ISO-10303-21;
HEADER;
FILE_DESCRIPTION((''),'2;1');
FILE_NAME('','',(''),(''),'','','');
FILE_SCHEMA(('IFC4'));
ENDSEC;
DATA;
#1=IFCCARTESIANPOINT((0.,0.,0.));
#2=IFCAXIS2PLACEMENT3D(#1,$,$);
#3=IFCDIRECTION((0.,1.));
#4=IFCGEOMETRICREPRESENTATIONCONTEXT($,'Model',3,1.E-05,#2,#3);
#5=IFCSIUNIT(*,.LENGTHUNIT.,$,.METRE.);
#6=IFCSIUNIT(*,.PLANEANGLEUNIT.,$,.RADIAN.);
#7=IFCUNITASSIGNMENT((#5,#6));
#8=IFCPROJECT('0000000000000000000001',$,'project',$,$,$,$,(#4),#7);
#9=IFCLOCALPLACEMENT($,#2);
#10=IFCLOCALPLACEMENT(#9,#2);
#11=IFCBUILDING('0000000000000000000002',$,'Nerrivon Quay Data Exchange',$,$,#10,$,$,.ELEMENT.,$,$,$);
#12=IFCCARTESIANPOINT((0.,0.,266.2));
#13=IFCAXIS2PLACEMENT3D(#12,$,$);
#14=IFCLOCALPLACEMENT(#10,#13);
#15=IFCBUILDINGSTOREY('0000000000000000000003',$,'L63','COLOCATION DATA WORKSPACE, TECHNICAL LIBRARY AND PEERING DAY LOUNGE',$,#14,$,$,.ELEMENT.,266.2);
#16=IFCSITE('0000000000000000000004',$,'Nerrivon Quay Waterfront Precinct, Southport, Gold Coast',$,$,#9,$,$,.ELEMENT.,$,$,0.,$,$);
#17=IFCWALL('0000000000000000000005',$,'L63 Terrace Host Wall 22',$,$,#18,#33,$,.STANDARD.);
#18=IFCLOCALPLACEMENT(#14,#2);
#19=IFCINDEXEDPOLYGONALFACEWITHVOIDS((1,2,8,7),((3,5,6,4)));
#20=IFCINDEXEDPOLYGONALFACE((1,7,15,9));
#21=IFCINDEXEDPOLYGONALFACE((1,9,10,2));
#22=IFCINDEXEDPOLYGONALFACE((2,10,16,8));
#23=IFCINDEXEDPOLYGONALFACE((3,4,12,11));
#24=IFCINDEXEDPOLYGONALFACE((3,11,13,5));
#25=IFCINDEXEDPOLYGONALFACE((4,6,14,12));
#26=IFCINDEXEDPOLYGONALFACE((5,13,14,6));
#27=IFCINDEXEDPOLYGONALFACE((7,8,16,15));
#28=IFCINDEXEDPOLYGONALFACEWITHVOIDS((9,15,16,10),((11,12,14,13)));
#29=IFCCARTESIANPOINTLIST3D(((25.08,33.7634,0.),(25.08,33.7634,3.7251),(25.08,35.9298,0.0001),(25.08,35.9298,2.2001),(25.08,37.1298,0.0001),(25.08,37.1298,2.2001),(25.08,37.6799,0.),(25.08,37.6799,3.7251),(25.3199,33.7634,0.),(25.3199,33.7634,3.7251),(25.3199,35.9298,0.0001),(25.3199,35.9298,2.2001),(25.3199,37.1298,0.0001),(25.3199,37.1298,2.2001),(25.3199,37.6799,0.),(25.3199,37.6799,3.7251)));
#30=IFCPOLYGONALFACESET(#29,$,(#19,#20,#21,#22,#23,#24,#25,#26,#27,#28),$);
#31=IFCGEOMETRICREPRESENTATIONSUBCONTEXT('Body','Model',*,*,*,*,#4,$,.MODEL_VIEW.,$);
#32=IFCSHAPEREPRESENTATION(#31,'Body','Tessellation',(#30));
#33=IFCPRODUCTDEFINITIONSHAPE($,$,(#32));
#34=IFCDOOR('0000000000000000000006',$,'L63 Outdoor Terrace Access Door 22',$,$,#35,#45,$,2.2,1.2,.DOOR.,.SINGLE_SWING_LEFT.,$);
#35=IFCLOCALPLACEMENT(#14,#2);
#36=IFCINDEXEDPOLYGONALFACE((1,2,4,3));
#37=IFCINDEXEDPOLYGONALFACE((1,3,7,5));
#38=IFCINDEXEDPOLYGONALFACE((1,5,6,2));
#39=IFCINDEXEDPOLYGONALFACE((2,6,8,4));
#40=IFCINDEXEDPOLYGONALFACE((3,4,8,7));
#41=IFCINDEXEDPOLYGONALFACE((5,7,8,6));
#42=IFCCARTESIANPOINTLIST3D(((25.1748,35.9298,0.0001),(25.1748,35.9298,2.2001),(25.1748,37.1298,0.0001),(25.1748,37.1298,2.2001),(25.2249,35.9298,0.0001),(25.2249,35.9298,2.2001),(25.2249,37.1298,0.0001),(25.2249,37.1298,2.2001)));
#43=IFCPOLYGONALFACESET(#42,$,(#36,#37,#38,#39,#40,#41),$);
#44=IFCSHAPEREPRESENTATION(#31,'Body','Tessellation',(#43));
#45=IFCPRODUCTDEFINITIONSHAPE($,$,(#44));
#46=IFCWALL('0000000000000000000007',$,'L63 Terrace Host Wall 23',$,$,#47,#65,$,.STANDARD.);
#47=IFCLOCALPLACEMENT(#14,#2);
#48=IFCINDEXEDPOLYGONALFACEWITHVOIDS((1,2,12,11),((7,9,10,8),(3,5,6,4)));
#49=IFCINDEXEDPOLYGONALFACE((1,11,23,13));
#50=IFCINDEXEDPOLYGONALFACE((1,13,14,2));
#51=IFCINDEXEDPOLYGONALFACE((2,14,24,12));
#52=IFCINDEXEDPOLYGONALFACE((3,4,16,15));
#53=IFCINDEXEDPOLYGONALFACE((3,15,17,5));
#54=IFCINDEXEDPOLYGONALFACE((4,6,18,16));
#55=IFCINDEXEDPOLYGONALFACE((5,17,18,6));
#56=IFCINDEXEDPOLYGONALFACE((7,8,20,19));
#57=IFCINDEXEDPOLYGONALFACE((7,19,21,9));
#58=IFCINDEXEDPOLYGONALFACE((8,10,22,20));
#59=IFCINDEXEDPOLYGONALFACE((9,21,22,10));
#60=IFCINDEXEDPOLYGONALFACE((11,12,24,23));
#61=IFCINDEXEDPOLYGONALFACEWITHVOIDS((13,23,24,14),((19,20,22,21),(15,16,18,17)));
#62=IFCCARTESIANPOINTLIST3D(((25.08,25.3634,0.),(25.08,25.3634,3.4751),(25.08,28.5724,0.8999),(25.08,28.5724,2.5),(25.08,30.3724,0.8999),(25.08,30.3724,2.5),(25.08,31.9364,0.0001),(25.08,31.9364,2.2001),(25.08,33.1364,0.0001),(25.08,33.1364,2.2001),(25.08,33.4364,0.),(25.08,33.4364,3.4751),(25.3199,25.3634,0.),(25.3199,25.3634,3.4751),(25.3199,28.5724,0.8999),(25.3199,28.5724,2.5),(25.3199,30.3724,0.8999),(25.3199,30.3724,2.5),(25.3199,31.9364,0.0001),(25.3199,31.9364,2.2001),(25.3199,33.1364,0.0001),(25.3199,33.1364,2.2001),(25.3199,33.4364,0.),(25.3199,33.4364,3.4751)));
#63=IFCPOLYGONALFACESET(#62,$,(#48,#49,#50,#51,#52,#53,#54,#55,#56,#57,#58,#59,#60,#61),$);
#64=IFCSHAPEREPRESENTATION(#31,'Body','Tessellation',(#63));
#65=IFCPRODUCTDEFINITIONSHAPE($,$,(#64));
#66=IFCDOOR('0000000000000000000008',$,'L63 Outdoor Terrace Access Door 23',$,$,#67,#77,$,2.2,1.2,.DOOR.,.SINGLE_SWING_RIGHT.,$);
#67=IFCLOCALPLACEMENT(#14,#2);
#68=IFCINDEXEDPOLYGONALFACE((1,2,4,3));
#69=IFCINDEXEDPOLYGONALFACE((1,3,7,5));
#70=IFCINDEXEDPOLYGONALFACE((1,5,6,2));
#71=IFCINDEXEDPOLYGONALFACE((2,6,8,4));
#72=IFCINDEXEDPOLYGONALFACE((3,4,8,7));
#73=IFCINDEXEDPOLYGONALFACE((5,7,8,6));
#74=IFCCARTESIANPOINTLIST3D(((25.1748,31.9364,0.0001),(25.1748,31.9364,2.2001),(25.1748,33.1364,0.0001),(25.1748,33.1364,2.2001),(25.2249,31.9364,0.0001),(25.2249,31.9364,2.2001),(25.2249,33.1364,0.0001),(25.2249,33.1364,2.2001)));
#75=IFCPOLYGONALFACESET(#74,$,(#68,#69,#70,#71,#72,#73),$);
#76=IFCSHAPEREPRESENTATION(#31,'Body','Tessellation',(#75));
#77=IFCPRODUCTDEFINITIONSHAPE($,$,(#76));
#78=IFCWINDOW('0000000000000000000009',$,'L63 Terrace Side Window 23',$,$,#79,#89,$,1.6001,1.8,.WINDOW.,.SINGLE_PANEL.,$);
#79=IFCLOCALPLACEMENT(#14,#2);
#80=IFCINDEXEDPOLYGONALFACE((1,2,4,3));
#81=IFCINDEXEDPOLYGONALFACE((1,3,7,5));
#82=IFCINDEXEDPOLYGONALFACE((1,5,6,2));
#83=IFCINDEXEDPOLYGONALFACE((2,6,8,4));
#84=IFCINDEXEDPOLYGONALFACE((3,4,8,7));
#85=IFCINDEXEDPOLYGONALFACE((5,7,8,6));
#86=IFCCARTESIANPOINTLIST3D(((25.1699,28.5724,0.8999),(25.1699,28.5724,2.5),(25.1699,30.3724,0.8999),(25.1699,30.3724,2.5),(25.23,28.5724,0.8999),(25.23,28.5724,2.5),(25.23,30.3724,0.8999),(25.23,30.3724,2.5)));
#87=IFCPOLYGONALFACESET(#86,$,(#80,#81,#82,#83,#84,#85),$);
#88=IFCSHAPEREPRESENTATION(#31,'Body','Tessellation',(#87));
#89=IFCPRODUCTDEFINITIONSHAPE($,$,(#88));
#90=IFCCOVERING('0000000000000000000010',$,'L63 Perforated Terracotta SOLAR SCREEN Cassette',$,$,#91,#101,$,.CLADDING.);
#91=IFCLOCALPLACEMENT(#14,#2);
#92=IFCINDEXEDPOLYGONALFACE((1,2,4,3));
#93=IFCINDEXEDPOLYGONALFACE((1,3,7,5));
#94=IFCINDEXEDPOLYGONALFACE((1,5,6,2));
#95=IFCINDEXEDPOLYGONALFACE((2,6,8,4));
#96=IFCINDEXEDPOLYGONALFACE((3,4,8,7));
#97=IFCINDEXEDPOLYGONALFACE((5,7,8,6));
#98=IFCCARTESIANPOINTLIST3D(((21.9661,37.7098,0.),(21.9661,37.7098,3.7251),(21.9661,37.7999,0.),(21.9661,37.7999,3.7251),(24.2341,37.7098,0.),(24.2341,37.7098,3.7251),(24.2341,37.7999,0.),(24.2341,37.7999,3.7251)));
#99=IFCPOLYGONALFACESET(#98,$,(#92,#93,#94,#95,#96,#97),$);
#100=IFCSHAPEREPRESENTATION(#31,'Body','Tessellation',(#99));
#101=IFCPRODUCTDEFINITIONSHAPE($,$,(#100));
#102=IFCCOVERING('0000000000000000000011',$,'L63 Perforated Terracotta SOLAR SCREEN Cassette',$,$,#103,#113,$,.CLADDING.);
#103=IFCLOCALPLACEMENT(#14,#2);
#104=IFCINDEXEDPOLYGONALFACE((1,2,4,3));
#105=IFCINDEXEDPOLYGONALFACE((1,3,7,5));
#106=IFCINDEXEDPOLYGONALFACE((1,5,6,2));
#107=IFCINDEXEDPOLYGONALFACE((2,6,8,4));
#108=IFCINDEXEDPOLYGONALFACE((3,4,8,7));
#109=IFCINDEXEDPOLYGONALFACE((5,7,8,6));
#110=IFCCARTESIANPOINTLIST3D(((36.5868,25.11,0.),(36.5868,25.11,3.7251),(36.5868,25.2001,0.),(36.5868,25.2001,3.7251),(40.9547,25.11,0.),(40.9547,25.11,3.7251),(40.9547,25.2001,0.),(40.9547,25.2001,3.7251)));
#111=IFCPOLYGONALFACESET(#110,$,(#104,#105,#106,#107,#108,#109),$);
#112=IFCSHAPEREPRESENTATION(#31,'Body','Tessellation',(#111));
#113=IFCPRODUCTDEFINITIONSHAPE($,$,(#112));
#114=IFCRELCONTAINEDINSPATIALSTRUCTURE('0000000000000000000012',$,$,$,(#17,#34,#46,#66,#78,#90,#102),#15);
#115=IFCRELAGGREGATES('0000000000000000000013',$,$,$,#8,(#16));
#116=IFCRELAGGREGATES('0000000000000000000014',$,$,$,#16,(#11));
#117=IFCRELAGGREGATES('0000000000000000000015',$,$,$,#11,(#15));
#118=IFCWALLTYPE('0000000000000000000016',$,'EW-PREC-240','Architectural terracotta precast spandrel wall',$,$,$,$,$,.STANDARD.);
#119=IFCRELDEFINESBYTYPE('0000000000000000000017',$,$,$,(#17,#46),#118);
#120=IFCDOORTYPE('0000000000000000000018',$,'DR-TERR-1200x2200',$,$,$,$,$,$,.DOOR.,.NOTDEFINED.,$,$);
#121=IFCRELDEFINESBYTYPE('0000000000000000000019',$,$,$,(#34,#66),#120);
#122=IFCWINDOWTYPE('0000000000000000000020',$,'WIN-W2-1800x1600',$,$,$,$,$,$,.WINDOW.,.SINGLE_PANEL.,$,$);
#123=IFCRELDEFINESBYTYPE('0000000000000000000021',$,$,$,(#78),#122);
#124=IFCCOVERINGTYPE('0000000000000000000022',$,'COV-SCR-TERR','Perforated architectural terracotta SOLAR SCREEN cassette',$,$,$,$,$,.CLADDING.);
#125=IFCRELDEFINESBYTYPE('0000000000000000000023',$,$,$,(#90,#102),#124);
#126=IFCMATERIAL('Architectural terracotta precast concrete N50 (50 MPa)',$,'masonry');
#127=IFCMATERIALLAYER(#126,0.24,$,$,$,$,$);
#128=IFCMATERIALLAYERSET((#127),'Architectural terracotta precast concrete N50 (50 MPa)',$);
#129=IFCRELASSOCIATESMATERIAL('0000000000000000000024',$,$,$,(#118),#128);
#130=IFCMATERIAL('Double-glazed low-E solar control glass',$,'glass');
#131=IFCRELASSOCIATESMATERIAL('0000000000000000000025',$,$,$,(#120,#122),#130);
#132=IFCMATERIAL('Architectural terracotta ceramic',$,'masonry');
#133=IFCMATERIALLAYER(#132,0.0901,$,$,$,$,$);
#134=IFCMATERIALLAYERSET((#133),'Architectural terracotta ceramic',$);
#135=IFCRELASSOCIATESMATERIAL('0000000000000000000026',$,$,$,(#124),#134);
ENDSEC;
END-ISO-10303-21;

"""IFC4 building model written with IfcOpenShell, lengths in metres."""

from ifc_helpers import new_model, si_unit, direction, frame, frame_2d, origin, origin_2d, place, context, subcontext, project, spatial, rectangle, extrude, material, layer, layer_set, type_object, element, fill, save


model = new_model("IFC4")

# Units and contexts
model_context = context("Model", 3, precision=1e-05, world=origin(), true_north=direction((0.0, 1.0)))
body_context = subcontext(model_context, "Body", "Model", "MODEL_VIEW")
ifc_project = project(units=[si_unit("LENGTHUNIT", "METRE"), si_unit("PLANEANGLEUNIT", "RADIAN")], contexts=[model_context])

# Site, building, storey
site_placement = place(None, origin())
site = spatial("IfcSite", under=ifc_project, at=site_placement, Name="Nerrivon Quay Waterfront Precinct, Southport, Gold Coast", CompositionType="ELEMENT", RefElevation=0.0)
building_placement = place(site_placement, origin())
building = spatial("IfcBuilding", under=site, at=building_placement, Name="Nerrivon Quay Data Exchange", CompositionType="ELEMENT")
storey_placement = place(building_placement, frame((0.0, 0.0, 266.2)))
storey = spatial("IfcBuildingStorey", under=building, at=storey_placement, Name="L63", Description="COLOCATION DATA WORKSPACE, TECHNICAL LIBRARY AND PEERING DAY LOUNGE", CompositionType="ELEMENT", Elevation=266.2)

# Shared definitions
ifc_material_1 = material(Name="Double-glazed low-E solar control glass", Category="glass")

# Wall, opening, door
ifc_material_2 = material(Name="Architectural terracotta precast concrete N50 (50 MPa)", Category="masonry")
ifc_layer_1 = layer(ifc_material_2, 0.24)
ifc_layer_set_1 = layer_set([ifc_layer_1], Name="Architectural terracotta precast concrete N50 (50 MPa)")
wall_type = type_object("IfcWallType", Name="EW-PREC-240", Description="Architectural terracotta precast spandrel wall", PredefinedType="STANDARD", material=ifc_layer_set_1)
wall_1_placement = place(storey_placement, frame((25.2, 37.6799, 0.0), z_axis=(0.0, 0.0, 1.0), x_axis=(0.0, -1.0, 0.0)))
wall_1 = element("IfcWall", 1, at=wall_1_placement, inside=storey, type_object=wall_type, Name="L63 Terrace Host Wall 22", PredefinedType="STANDARD", context=body_context, shape_type="SweptSolid", body=[
    extrude(rectangle(XDim=3.9165, YDim=0.24, at=frame_2d((1.9583, 0.0))), origin(), (0.0, 0.0, 1.0), 3.7251),
])
opening_1_placement = place(wall_1_placement, frame((0.55, 0.0, 0.0)))
opening_1 = element("IfcOpeningElement", 2, at=opening_1_placement, cuts=wall_1, PredefinedType="OPENING", context=body_context, shape_type="SweptSolid", body=[
    extrude(rectangle(XDim=1.2, YDim=2.2, at=frame_2d((0.6001, 1.1001))), frame((0.0, 0.1299, 0.0), z_axis=(0.0, -1.0, 0.0), x_axis=(1.0, 0.0, 0.0)), (0.0, 0.0, 1.0), 0.26),
])
door_type = type_object("IfcDoorType", Name="DR-TERR-1200x2200", OperationType="NOTDEFINED", PredefinedType="DOOR", material=ifc_material_1)
door_1_placement = place(opening_1_placement, origin())
door_1 = element("IfcDoor", 3, at=door_1_placement, inside=storey, type_object=door_type, Name="L63 Outdoor Terrace Access Door 22", OperationType="SINGLE_SWING_LEFT", OverallHeight=2.2, OverallWidth=1.2, PredefinedType="DOOR", context=body_context, shape_type="SweptSolid", body=[
    extrude(rectangle(XDim=1.2, YDim=2.2, at=frame_2d((0.6001, 1.1001))), frame((0.0, 0.0249, 0.0), z_axis=(0.0, -1.0, 0.0), x_axis=(1.0, 0.0, 0.0)), (0.0, 0.0, 1.0), 0.05),
])
fill(opening_1, door_1)

# Wall, openings, door, window
wall_2_placement = place(storey_placement, frame((25.2, 33.4365, 0.0), z_axis=(0.0, 0.0, 1.0), x_axis=(0.0, -1.0, 0.0)))
wall_2 = element("IfcWall", 4, at=wall_2_placement, inside=storey, type_object=wall_type, Name="L63 Terrace Host Wall 23", PredefinedType="STANDARD", context=body_context, shape_type="SweptSolid", body=[
    extrude(rectangle(XDim=8.073, YDim=0.24, at=frame_2d((4.0366, 0.0))), origin(), (0.0, 0.0, 1.0), 3.4751),
])
opening_2_placement = place(wall_2_placement, frame((0.3, 0.0, 0.0)))
opening_2 = element("IfcOpeningElement", 5, at=opening_2_placement, cuts=wall_2, PredefinedType="OPENING", context=body_context, shape_type="SweptSolid", body=[
    extrude(rectangle(XDim=1.2, YDim=2.2, at=frame_2d((0.6001, 1.1001))), frame((0.0, 0.1299, 0.0), z_axis=(0.0, -1.0, 0.0), x_axis=(1.0, 0.0, 0.0)), (0.0, 0.0, 1.0), 0.26),
])
opening_3_placement = place(wall_2_placement, frame((3.0642, 0.0, 0.8999)))
opening_3 = element("IfcOpeningElement", 6, at=opening_3_placement, cuts=wall_2, PredefinedType="OPENING", context=body_context, shape_type="SweptSolid", body=[
    extrude(rectangle(XDim=1.8, YDim=1.6001, at=frame_2d((0.8999, 0.8))), frame((0.0, 0.1299, 0.0), z_axis=(0.0, -1.0, 0.0), x_axis=(1.0, 0.0, 0.0)), (0.0, 0.0, 1.0), 0.26),
])
door_2_placement = place(opening_2_placement, origin())
door_2 = element("IfcDoor", 7, at=door_2_placement, inside=storey, type_object=door_type, Name="L63 Outdoor Terrace Access Door 23", OperationType="SINGLE_SWING_RIGHT", OverallHeight=2.2, OverallWidth=1.2, PredefinedType="DOOR", context=body_context, shape_type="SweptSolid", body=[
    extrude(rectangle(XDim=1.2, YDim=2.2, at=frame_2d((0.6001, 1.1001))), frame((0.0, 0.0249, 0.0), z_axis=(0.0, -1.0, 0.0), x_axis=(1.0, 0.0, 0.0)), (0.0, 0.0, 1.0), 0.05),
])
fill(opening_2, door_2)
window_type = type_object("IfcWindowType", Name="WIN-W2-1800x1600", PartitioningType="SINGLE_PANEL", PredefinedType="WINDOW", material=ifc_material_1)
window_placement = place(opening_3_placement, origin())
window = element("IfcWindow", 8, at=window_placement, inside=storey, type_object=window_type, Name="L63 Terrace Side Window 23", OverallHeight=1.6001, OverallWidth=1.8, PartitioningType="SINGLE_PANEL", PredefinedType="WINDOW", context=body_context, shape_type="SweptSolid", body=[
    extrude(rectangle(XDim=1.8, YDim=1.6001, at=frame_2d((0.8999, 0.8))), frame((0.0, 0.03, 0.0), z_axis=(0.0, -1.0, 0.0), x_axis=(1.0, 0.0, 0.0)), (0.0, 0.0, 1.0), 0.0601),
])
fill(opening_3, window)

# Coverings
ifc_material_3 = material(Name="Architectural terracotta ceramic", Category="masonry")
ifc_layer_2 = layer(ifc_material_3, 0.0901)
ifc_layer_set_2 = layer_set([ifc_layer_2], Name="Architectural terracotta ceramic")
covering_type = type_object("IfcCoveringType", Name="COV-SCR-TERR", Description="Perforated architectural terracotta SOLAR SCREEN cassette", PredefinedType="CLADDING", material=ifc_layer_set_2)
covering_1_placement = place(storey_placement, frame((23.1001, 37.7549, 0.0), z_axis=(0.0, 0.0, 1.0), x_axis=(1.0, 0.0, 0.0)))
element("IfcCovering", 9, at=covering_1_placement, inside=storey, type_object=covering_type, Name="L63 Perforated Terracotta SOLAR SCREEN Cassette", PredefinedType="CLADDING", context=body_context, shape_type="SweptSolid", body=[
    extrude(rectangle(XDim=2.2681, YDim=0.0901, at=origin_2d()), origin(), (0.0, 0.0, 1.0), 3.7251),
])
covering_2_placement = place(storey_placement, frame((38.7708, 25.155, 0.0), z_axis=(0.0, 0.0, 1.0), x_axis=(1.0, 0.0, 0.0)))
element("IfcCovering", 10, at=covering_2_placement, inside=storey, type_object=covering_type, Name="L63 Perforated Terracotta SOLAR SCREEN Cassette", PredefinedType="CLADDING", context=body_context, shape_type="SweptSolid", body=[
    extrude(rectangle(XDim=4.3679, YDim=0.0901, at=origin_2d()), origin(), (0.0, 0.0, 1.0), 3.7251),
])

save(model, "model.ifc")
